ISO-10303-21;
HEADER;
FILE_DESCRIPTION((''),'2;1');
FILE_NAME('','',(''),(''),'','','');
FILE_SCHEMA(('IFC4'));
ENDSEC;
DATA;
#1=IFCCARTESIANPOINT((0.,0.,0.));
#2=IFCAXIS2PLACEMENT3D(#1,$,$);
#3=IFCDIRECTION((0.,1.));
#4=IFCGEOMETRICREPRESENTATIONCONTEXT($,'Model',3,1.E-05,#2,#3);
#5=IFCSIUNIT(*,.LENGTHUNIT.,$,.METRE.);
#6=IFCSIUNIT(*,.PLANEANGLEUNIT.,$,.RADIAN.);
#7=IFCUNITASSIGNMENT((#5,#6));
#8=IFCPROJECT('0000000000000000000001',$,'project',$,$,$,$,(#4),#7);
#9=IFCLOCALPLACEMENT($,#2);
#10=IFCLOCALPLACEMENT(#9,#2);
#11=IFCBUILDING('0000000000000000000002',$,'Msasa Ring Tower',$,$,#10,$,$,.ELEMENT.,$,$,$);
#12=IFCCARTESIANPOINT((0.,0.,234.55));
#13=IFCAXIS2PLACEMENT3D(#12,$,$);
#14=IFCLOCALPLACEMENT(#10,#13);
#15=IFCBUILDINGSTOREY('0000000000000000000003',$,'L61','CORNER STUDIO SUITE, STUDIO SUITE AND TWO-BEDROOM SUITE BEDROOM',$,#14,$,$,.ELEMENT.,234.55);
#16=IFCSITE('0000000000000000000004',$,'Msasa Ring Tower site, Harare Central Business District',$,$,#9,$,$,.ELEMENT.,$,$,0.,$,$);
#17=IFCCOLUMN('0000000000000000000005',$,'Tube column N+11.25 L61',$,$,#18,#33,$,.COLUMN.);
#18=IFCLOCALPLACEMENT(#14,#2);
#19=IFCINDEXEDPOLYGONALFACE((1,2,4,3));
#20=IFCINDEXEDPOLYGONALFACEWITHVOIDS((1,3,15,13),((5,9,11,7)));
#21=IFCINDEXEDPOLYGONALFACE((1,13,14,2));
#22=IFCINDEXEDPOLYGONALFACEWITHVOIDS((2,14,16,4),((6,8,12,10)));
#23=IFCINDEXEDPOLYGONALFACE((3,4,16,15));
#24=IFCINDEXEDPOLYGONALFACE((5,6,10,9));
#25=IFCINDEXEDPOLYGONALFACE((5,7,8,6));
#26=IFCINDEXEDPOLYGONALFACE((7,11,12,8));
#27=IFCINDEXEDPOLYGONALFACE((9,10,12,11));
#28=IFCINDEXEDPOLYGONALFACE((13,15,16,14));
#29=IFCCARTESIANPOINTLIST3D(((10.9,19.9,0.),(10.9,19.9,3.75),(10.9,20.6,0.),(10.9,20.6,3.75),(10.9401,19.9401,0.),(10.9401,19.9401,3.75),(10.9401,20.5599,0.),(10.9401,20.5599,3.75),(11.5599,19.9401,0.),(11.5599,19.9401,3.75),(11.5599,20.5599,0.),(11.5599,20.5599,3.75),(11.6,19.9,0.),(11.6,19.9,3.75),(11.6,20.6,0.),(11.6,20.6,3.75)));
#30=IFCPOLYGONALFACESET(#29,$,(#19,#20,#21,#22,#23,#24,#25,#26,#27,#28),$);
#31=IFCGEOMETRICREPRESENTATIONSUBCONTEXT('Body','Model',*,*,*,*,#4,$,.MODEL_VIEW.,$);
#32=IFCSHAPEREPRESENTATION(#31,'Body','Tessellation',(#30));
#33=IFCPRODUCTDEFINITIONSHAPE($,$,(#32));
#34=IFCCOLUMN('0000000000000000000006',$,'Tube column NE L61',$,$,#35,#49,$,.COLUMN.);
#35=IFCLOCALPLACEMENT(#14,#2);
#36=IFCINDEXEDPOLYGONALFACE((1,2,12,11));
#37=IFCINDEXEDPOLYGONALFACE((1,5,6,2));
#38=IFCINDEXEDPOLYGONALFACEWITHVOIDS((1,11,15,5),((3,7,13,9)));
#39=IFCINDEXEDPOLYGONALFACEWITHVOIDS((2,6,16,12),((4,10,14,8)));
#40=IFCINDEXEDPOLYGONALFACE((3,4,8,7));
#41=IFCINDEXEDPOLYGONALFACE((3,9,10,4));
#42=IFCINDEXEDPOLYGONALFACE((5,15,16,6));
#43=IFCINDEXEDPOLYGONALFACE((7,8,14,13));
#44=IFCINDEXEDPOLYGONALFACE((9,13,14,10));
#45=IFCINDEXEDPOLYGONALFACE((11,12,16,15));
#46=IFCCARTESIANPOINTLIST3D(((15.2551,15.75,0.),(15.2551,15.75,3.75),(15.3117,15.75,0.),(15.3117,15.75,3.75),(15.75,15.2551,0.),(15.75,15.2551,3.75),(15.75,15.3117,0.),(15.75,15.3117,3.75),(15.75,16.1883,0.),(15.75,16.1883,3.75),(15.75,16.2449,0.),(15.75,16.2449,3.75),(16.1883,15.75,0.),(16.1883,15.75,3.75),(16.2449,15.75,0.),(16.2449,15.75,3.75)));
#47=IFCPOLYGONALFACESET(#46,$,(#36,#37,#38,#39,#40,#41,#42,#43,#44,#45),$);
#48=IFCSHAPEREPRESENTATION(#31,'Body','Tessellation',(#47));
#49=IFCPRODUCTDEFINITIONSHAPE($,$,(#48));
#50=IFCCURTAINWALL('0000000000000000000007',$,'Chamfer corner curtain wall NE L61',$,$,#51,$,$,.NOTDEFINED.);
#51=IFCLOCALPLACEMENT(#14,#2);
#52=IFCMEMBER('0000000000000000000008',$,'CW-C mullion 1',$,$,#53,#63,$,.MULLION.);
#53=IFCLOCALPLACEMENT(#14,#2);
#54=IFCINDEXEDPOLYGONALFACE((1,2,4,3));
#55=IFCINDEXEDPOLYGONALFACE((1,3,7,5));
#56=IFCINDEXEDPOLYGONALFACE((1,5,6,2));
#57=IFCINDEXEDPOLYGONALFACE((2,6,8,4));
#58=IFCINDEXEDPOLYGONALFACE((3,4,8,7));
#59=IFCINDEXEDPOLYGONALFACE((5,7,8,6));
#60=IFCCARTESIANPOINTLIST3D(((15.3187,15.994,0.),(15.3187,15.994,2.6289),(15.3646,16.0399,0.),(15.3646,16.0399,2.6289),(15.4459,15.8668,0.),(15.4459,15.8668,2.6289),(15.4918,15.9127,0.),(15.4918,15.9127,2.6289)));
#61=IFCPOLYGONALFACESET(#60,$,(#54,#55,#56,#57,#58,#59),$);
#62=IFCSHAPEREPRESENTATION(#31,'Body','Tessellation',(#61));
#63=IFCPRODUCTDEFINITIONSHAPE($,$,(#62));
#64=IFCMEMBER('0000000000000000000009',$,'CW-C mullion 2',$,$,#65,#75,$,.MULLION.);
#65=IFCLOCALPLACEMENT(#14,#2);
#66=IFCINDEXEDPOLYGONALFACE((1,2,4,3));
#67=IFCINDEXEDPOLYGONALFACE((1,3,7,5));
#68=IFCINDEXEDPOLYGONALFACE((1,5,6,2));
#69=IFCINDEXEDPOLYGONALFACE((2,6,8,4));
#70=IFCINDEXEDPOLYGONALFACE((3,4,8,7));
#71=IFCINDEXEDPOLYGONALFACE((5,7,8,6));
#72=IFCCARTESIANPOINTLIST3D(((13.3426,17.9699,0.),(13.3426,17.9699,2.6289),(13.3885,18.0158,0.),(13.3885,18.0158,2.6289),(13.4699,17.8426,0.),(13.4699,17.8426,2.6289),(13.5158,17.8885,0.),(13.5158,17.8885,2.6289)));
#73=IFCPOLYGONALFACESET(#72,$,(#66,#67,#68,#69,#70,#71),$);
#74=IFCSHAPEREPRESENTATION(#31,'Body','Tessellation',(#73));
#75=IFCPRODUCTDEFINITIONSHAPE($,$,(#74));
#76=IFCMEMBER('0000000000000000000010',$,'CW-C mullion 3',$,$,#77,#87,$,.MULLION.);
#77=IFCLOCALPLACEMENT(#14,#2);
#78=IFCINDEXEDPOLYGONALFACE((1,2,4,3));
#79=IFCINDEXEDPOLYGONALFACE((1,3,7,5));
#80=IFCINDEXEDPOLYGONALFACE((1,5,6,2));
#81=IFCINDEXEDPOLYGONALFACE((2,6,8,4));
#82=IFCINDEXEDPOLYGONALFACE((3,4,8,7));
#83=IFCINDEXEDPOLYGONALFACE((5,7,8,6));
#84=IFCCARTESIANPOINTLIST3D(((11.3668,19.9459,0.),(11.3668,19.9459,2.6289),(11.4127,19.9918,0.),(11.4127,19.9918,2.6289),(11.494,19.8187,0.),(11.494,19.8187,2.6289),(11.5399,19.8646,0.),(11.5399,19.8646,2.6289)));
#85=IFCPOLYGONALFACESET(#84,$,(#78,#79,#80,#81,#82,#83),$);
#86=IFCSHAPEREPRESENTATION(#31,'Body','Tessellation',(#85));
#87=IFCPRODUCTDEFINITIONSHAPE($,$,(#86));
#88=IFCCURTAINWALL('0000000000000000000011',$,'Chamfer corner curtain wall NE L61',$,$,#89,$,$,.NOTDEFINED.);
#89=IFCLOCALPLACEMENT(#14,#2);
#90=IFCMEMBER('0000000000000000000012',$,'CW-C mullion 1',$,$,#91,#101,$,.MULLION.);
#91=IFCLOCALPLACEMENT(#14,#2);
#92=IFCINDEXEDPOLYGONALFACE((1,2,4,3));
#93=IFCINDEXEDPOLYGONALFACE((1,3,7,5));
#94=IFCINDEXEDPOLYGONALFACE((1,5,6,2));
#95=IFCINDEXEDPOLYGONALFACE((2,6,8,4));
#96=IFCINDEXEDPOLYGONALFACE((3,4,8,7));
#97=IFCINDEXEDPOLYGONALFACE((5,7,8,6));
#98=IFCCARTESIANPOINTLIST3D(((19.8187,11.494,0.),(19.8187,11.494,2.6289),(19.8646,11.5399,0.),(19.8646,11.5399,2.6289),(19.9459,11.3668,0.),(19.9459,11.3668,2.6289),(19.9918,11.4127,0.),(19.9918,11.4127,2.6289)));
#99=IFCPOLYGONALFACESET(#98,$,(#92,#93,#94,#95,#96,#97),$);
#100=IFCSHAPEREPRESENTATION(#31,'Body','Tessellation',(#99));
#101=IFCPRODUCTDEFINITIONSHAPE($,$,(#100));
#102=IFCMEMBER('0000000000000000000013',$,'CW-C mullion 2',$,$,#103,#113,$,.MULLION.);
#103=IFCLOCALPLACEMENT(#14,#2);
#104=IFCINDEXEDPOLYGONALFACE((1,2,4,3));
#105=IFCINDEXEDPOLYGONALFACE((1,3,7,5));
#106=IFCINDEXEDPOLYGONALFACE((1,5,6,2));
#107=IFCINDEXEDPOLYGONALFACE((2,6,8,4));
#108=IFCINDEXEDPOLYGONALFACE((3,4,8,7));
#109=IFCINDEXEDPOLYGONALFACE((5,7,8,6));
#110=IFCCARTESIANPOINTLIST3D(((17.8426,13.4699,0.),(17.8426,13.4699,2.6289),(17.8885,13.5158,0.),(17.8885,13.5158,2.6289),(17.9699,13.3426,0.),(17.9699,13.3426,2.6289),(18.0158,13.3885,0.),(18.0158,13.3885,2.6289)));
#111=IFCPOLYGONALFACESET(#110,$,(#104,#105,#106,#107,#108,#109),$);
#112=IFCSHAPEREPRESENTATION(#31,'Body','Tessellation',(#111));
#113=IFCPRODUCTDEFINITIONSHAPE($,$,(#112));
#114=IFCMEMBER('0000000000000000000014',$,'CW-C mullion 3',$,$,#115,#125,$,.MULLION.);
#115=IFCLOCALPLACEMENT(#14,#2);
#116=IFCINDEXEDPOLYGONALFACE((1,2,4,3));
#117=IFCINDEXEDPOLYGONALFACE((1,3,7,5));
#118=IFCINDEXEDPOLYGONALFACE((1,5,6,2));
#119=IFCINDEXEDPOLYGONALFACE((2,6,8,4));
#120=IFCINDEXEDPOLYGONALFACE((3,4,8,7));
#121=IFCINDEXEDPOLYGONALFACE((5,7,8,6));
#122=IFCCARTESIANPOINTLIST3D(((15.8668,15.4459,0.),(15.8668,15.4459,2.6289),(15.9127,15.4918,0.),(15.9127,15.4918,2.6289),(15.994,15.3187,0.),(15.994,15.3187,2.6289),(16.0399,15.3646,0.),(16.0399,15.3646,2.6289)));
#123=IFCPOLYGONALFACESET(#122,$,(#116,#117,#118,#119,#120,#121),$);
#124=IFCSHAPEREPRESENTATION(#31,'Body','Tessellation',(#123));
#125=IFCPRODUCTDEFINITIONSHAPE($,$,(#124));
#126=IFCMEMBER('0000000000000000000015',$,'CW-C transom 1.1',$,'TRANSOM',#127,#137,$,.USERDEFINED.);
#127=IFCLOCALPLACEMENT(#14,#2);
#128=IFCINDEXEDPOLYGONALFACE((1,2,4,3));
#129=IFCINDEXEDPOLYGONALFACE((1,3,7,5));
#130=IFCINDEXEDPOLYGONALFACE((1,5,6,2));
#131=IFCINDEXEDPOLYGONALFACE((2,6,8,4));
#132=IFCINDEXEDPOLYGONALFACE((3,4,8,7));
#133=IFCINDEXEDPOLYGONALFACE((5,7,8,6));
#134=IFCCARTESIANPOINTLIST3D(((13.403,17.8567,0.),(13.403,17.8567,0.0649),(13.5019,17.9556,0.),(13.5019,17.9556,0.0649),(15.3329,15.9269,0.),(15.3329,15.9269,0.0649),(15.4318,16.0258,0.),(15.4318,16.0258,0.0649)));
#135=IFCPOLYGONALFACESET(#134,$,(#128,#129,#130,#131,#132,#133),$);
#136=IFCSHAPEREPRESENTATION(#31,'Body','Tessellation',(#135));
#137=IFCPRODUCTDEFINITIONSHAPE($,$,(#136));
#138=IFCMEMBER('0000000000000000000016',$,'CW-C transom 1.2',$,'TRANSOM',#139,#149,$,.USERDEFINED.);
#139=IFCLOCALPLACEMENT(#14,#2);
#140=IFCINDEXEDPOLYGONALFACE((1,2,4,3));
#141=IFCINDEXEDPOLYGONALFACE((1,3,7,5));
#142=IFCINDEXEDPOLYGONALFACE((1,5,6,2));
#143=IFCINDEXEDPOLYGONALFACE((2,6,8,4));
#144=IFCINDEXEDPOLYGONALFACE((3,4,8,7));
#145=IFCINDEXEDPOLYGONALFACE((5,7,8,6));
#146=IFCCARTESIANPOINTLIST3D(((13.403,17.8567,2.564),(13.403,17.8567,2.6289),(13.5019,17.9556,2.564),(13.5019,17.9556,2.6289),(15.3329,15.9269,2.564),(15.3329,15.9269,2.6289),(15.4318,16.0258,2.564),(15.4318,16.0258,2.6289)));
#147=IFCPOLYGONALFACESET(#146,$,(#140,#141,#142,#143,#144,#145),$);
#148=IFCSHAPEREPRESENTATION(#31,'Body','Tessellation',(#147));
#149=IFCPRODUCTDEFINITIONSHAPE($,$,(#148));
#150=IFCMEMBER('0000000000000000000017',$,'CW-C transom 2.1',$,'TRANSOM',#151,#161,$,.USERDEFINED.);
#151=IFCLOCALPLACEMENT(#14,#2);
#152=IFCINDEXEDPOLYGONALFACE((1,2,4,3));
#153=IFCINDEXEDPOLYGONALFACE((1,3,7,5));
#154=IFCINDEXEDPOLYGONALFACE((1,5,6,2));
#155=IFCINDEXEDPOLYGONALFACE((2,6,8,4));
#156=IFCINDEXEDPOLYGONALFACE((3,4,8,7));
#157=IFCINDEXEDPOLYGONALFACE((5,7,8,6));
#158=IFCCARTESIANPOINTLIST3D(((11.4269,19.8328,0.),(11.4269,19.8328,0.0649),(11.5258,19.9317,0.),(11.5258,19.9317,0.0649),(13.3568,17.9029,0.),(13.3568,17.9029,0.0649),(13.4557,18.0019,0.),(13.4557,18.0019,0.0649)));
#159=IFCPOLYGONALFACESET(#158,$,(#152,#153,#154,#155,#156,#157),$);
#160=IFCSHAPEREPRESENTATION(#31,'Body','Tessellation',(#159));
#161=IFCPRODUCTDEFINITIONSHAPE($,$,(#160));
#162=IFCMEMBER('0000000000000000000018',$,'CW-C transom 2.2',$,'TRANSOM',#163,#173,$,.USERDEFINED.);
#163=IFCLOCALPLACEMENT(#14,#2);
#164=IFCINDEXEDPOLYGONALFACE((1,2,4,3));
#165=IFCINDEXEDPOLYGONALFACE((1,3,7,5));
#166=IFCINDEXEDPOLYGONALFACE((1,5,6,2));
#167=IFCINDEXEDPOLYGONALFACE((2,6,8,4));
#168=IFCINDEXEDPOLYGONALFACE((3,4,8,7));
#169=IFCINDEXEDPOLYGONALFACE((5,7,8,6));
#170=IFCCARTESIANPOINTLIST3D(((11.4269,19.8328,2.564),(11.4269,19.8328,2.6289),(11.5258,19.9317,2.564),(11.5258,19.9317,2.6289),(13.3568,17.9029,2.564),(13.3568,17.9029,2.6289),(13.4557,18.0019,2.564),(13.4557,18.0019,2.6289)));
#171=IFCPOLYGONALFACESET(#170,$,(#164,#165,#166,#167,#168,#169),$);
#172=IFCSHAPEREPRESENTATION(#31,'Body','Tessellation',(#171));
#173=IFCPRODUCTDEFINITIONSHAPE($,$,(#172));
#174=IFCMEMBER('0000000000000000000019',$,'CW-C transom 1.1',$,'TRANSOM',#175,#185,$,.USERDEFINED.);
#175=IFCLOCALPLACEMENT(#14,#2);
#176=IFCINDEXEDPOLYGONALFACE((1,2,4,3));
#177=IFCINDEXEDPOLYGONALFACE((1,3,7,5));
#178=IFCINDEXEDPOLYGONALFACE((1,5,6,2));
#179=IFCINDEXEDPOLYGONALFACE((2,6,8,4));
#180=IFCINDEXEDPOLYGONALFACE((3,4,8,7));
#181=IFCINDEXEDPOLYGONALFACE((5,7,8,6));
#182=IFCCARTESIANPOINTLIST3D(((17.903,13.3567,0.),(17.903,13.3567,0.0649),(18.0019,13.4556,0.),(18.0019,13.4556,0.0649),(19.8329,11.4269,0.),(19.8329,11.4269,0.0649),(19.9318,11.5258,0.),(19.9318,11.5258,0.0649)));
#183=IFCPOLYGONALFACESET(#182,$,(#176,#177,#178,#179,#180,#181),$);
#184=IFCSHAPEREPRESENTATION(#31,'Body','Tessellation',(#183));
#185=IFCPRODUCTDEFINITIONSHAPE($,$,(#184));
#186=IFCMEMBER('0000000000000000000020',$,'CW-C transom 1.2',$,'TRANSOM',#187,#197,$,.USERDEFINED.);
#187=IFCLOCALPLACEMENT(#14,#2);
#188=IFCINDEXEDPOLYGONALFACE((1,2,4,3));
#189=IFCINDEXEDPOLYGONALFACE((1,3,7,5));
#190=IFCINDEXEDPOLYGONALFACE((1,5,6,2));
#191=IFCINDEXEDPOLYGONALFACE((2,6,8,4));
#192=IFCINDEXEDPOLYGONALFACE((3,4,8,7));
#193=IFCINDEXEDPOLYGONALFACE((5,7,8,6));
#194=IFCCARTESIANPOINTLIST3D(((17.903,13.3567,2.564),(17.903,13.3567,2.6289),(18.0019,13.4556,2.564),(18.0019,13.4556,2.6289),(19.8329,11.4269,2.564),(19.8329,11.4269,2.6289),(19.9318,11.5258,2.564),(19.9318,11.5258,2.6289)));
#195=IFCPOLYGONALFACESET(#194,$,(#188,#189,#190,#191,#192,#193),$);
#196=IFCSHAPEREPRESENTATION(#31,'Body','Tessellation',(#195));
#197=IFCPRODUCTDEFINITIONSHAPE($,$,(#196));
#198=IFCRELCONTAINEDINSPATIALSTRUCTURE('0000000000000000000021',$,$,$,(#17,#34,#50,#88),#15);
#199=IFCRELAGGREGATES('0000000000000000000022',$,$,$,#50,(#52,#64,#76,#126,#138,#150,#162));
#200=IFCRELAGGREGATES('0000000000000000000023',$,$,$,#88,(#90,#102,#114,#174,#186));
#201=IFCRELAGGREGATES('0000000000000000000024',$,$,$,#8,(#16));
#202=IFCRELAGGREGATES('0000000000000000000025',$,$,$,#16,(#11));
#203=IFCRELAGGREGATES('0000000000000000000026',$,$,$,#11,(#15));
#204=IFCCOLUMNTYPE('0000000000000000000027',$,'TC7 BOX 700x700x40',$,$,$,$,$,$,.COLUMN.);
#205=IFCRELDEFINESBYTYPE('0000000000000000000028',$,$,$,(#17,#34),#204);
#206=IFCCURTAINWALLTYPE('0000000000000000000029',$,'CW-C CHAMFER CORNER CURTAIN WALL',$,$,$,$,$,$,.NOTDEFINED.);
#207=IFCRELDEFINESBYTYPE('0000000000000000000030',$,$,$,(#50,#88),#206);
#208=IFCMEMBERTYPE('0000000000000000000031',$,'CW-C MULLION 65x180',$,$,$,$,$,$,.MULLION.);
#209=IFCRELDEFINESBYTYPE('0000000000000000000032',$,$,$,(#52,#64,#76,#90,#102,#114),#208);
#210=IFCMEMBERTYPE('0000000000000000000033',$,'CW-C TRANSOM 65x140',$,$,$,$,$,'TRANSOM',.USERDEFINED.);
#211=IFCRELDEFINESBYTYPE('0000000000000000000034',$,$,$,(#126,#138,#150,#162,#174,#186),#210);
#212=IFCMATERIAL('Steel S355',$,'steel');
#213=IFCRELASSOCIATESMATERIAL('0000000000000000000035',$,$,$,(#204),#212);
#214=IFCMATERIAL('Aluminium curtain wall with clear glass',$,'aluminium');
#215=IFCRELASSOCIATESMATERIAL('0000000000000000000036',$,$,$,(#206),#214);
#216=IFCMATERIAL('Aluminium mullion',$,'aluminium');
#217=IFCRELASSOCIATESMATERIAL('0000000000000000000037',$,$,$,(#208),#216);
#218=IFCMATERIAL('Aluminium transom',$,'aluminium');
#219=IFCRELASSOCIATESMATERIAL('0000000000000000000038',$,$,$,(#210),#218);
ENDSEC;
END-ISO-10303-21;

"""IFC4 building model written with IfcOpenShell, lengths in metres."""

from ifc_helpers import new_model, si_unit, direction, frame, origin, origin_2d, place, context, subcontext, project, spatial, rectangle, hollow_rectangle, extrude, material, material_profile, profile_set, type_object, element, aggregate, save


model = new_model("IFC4")

# Units and contexts
model_context = context("Model", 3, precision=1e-05, world=origin(), true_north=direction((0.0, 1.0)))
body_context = subcontext(model_context, "Body", "Model", "MODEL_VIEW")
ifc_project = project(units=[si_unit("LENGTHUNIT", "METRE"), si_unit("PLANEANGLEUNIT", "RADIAN")], contexts=[model_context])

# Site, building, storey
site_placement = place(None, origin())
site = spatial("IfcSite", under=ifc_project, at=site_placement, Name="Msasa Ring Tower site, Harare Central Business District", CompositionType="ELEMENT", RefElevation=0.0)
building_placement = place(site_placement, origin())
building = spatial("IfcBuilding", under=site, at=building_placement, Name="Msasa Ring Tower", CompositionType="ELEMENT")
storey_placement = place(building_placement, frame((0.0, 0.0, 234.55)))
storey = spatial("IfcBuildingStorey", under=building, at=storey_placement, Name="L61", Description="CORNER STUDIO SUITE, STUDIO SUITE AND TWO-BEDROOM SUITE BEDROOM", CompositionType="ELEMENT", Elevation=234.55)

# Columns
ifc_material_1 = material(Name="Steel S355", Category="steel")
ifc_material_profile_1 = material_profile(ifc_material_1, hollow_rectangle(XDim=0.7, YDim=0.7, WallThickness=0.04, at=origin_2d()), Name="BOX 700x700x40")
ifc_profile_set_1 = profile_set([ifc_material_profile_1], Name="Steel S355")
column_type = type_object("IfcColumnType", Name="TC7 BOX 700x700x40", PredefinedType="COLUMN", material=ifc_profile_set_1)
for number, where, z_axis, x_axis, name in (
    (1, (11.25, 20.25, 0.0), (0.0, 0.0, 1.0), (0.0, 1.0, 0.0), "Tube column N+11.25 L61"),
    (2, (15.75, 15.75, 0.0), (0.0, 0.0, 1.0), (0.707107, 0.707107, 0.0), "Tube column NE L61"),
):
    element("IfcColumn", number, at=place(storey_placement, frame(where, z_axis=z_axis, x_axis=x_axis)), inside=storey, type_object=column_type, Name=name, PredefinedType="COLUMN", context=body_context, shape_type="SweptSolid", body=[
        extrude(hollow_rectangle(XDim=0.7, YDim=0.7, WallThickness=0.04, at=origin_2d()), origin(), (0.0, 0.0, 1.0), 3.75),
    ])

# Curtain walls, members
ifc_material_2 = material(Name="Aluminium curtain wall with clear glass", Category="aluminium")
curtain_wall_type = type_object("IfcCurtainWallType", Name="CW-C CHAMFER CORNER CURTAIN WALL", PredefinedType="NOTDEFINED", material=ifc_material_2)
curtain_wall_1_placement = place(storey_placement, origin())
curtain_wall_1 = element("IfcCurtainWall", 3, at=curtain_wall_1_placement, inside=storey, type_object=curtain_wall_type, Name="Chamfer corner curtain wall NE L61", PredefinedType="NOTDEFINED")
ifc_material_3 = material(Name="Aluminium mullion", Category="aluminium")
ifc_material_profile_2 = material_profile(ifc_material_3, rectangle(XDim=0.0649, YDim=0.1799, at=origin_2d()), Name="AL 65x180")
ifc_profile_set_2 = profile_set([ifc_material_profile_2], Name="Aluminium mullion")
member_type_1 = type_object("IfcMemberType", Name="CW-C MULLION 65x180", PredefinedType="MULLION", material=ifc_profile_set_2)
member_1_placement = place(storey_placement, frame((15.4053, 15.9534, 0.0), z_axis=(0.0, 0.0, 1.0), x_axis=(-0.707107, -0.707107, 0.0)))
member_1 = element("IfcMember", 4, at=member_1_placement, type_object=member_type_1, Name="CW-C mullion 1", PredefinedType="MULLION", context=body_context, shape_type="SweptSolid", body=[
    extrude(rectangle(XDim=0.0649, YDim=0.1799, at=origin_2d()), origin(), (0.0, 0.0, 1.0), 2.6289),
])
member_2_placement = place(storey_placement, frame((13.4292, 17.9292, 0.0), z_axis=(0.0, 0.0, 1.0), x_axis=(-0.707107, -0.707107, 0.0)))
member_2 = element("IfcMember", 5, at=member_2_placement, type_object=member_type_1, Name="CW-C mullion 2", PredefinedType="MULLION", context=body_context, shape_type="SweptSolid", body=[
    extrude(rectangle(XDim=0.0649, YDim=0.1799, at=origin_2d()), origin(), (0.0, 0.0, 1.0), 2.6289),
])
member_3_placement = place(storey_placement, frame((11.4534, 19.9053, 0.0), z_axis=(0.0, 0.0, 1.0), x_axis=(-0.707107, -0.707107, 0.0)))
member_3 = element("IfcMember", 6, at=member_3_placement, type_object=member_type_1, Name="CW-C mullion 3", PredefinedType="MULLION", context=body_context, shape_type="SweptSolid", body=[
    extrude(rectangle(XDim=0.0649, YDim=0.1799, at=origin_2d()), origin(), (0.0, 0.0, 1.0), 2.6289),
])
curtain_wall_2_placement = place(storey_placement, origin())
curtain_wall_2 = element("IfcCurtainWall", 7, at=curtain_wall_2_placement, inside=storey, type_object=curtain_wall_type, Name="Chamfer corner curtain wall NE L61", PredefinedType="NOTDEFINED")
member_4_placement = place(storey_placement, frame((19.9053, 11.4534, 0.0), z_axis=(0.0, 0.0, 1.0), x_axis=(-0.707107, -0.707107, 0.0)))
member_4 = element("IfcMember", 8, at=member_4_placement, type_object=member_type_1, Name="CW-C mullion 1", PredefinedType="MULLION", context=body_context, shape_type="SweptSolid", body=[
    extrude(rectangle(XDim=0.0649, YDim=0.1799, at=origin_2d()), origin(), (0.0, 0.0, 1.0), 2.6289),
])
member_5_placement = place(storey_placement, frame((17.9292, 13.4292, 0.0), z_axis=(0.0, 0.0, 1.0), x_axis=(-0.707107, -0.707107, 0.0)))
member_5 = element("IfcMember", 9, at=member_5_placement, type_object=member_type_1, Name="CW-C mullion 2", PredefinedType="MULLION", context=body_context, shape_type="SweptSolid", body=[
    extrude(rectangle(XDim=0.0649, YDim=0.1799, at=origin_2d()), origin(), (0.0, 0.0, 1.0), 2.6289),
])
member_6_placement = place(storey_placement, frame((15.9534, 15.4053, 0.0), z_axis=(0.0, 0.0, 1.0), x_axis=(-0.707107, -0.707107, 0.0)))
member_6 = element("IfcMember", 10, at=member_6_placement, type_object=member_type_1, Name="CW-C mullion 3", PredefinedType="MULLION", context=body_context, shape_type="SweptSolid", body=[
    extrude(rectangle(XDim=0.0649, YDim=0.1799, at=origin_2d()), origin(), (0.0, 0.0, 1.0), 2.6289),
])

# Members
ifc_material_4 = material(Name="Aluminium transom", Category="aluminium")
ifc_material_profile_3 = material_profile(ifc_material_4, rectangle(XDim=0.1399, YDim=0.0649, at=origin_2d()), Name="AL 65x140")
ifc_profile_set_3 = profile_set([ifc_material_profile_3], Name="Aluminium transom")
member_type_2 = type_object("IfcMemberType", Name="CW-C TRANSOM 65x140", ElementType="TRANSOM", PredefinedType="USERDEFINED", material=ifc_profile_set_3)
member_7_placement = place(storey_placement, frame((15.3823, 15.9763, 0.0325), z_axis=(-0.707107, 0.707107, 0.0), x_axis=(-0.707107, -0.707107, 0.0)))
member_7 = element("IfcMember", 11, at=member_7_placement, type_object=member_type_2, Name="CW-C transom 1.1", ObjectType="TRANSOM", PredefinedType="USERDEFINED", context=body_context, shape_type="SweptSolid", body=[
    extrude(rectangle(XDim=0.1399, YDim=0.0649, at=origin_2d()), origin(), (0.0, 0.0, 1.0), 2.7292),
])
member_8_placement = place(storey_placement, frame((15.3823, 15.9763, 2.5964), z_axis=(-0.707107, 0.707107, 0.0), x_axis=(-0.707107, -0.707107, 0.0)))
member_8 = element("IfcMember", 12, at=member_8_placement, type_object=member_type_2, Name="CW-C transom 1.2", ObjectType="TRANSOM", PredefinedType="USERDEFINED", context=body_context, shape_type="SweptSolid", body=[
    extrude(rectangle(XDim=0.1399, YDim=0.0649, at=origin_2d()), origin(), (0.0, 0.0, 1.0), 2.7292),
])
member_9_placement = place(storey_placement, frame((13.4062, 17.9524, 0.0325), z_axis=(-0.707107, 0.707107, 0.0), x_axis=(-0.707107, -0.707107, 0.0)))
member_9 = element("IfcMember", 13, at=member_9_placement, type_object=member_type_2, Name="CW-C transom 2.1", ObjectType="TRANSOM", PredefinedType="USERDEFINED", context=body_context, shape_type="SweptSolid", body=[
    extrude(rectangle(XDim=0.1399, YDim=0.0649, at=origin_2d()), origin(), (0.0, 0.0, 1.0), 2.7292),
])
member_10_placement = place(storey_placement, frame((13.4062, 17.9524, 2.5964), z_axis=(-0.707107, 0.707107, 0.0), x_axis=(-0.707107, -0.707107, 0.0)))
member_10 = element("IfcMember", 14, at=member_10_placement, type_object=member_type_2, Name="CW-C transom 2.2", ObjectType="TRANSOM", PredefinedType="USERDEFINED", context=body_context, shape_type="SweptSolid", body=[
    extrude(rectangle(XDim=0.1399, YDim=0.0649, at=origin_2d()), origin(), (0.0, 0.0, 1.0), 2.7292),
])
member_11_placement = place(storey_placement, frame((19.8823, 11.4763, 0.0325), z_axis=(-0.707107, 0.707107, 0.0), x_axis=(-0.707107, -0.707107, 0.0)))
member_11 = element("IfcMember", 15, at=member_11_placement, type_object=member_type_2, Name="CW-C transom 1.1", ObjectType="TRANSOM", PredefinedType="USERDEFINED", context=body_context, shape_type="SweptSolid", body=[
    extrude(rectangle(XDim=0.1399, YDim=0.0649, at=origin_2d()), origin(), (0.0, 0.0, 1.0), 2.7292),
])
member_12_placement = place(storey_placement, frame((19.8823, 11.4763, 2.5964), z_axis=(-0.707107, 0.707107, 0.0), x_axis=(-0.707107, -0.707107, 0.0)))
member_12 = element("IfcMember", 16, at=member_12_placement, type_object=member_type_2, Name="CW-C transom 1.2", ObjectType="TRANSOM", PredefinedType="USERDEFINED", context=body_context, shape_type="SweptSolid", body=[
    extrude(rectangle(XDim=0.1399, YDim=0.0649, at=origin_2d()), origin(), (0.0, 0.0, 1.0), 2.7292),
])

aggregate(curtain_wall_1, [member_1, member_2, member_3, member_7, member_8, member_9, member_10])
aggregate(curtain_wall_2, [member_4, member_5, member_6, member_11, member_12])

save(model, "model.ifc")
